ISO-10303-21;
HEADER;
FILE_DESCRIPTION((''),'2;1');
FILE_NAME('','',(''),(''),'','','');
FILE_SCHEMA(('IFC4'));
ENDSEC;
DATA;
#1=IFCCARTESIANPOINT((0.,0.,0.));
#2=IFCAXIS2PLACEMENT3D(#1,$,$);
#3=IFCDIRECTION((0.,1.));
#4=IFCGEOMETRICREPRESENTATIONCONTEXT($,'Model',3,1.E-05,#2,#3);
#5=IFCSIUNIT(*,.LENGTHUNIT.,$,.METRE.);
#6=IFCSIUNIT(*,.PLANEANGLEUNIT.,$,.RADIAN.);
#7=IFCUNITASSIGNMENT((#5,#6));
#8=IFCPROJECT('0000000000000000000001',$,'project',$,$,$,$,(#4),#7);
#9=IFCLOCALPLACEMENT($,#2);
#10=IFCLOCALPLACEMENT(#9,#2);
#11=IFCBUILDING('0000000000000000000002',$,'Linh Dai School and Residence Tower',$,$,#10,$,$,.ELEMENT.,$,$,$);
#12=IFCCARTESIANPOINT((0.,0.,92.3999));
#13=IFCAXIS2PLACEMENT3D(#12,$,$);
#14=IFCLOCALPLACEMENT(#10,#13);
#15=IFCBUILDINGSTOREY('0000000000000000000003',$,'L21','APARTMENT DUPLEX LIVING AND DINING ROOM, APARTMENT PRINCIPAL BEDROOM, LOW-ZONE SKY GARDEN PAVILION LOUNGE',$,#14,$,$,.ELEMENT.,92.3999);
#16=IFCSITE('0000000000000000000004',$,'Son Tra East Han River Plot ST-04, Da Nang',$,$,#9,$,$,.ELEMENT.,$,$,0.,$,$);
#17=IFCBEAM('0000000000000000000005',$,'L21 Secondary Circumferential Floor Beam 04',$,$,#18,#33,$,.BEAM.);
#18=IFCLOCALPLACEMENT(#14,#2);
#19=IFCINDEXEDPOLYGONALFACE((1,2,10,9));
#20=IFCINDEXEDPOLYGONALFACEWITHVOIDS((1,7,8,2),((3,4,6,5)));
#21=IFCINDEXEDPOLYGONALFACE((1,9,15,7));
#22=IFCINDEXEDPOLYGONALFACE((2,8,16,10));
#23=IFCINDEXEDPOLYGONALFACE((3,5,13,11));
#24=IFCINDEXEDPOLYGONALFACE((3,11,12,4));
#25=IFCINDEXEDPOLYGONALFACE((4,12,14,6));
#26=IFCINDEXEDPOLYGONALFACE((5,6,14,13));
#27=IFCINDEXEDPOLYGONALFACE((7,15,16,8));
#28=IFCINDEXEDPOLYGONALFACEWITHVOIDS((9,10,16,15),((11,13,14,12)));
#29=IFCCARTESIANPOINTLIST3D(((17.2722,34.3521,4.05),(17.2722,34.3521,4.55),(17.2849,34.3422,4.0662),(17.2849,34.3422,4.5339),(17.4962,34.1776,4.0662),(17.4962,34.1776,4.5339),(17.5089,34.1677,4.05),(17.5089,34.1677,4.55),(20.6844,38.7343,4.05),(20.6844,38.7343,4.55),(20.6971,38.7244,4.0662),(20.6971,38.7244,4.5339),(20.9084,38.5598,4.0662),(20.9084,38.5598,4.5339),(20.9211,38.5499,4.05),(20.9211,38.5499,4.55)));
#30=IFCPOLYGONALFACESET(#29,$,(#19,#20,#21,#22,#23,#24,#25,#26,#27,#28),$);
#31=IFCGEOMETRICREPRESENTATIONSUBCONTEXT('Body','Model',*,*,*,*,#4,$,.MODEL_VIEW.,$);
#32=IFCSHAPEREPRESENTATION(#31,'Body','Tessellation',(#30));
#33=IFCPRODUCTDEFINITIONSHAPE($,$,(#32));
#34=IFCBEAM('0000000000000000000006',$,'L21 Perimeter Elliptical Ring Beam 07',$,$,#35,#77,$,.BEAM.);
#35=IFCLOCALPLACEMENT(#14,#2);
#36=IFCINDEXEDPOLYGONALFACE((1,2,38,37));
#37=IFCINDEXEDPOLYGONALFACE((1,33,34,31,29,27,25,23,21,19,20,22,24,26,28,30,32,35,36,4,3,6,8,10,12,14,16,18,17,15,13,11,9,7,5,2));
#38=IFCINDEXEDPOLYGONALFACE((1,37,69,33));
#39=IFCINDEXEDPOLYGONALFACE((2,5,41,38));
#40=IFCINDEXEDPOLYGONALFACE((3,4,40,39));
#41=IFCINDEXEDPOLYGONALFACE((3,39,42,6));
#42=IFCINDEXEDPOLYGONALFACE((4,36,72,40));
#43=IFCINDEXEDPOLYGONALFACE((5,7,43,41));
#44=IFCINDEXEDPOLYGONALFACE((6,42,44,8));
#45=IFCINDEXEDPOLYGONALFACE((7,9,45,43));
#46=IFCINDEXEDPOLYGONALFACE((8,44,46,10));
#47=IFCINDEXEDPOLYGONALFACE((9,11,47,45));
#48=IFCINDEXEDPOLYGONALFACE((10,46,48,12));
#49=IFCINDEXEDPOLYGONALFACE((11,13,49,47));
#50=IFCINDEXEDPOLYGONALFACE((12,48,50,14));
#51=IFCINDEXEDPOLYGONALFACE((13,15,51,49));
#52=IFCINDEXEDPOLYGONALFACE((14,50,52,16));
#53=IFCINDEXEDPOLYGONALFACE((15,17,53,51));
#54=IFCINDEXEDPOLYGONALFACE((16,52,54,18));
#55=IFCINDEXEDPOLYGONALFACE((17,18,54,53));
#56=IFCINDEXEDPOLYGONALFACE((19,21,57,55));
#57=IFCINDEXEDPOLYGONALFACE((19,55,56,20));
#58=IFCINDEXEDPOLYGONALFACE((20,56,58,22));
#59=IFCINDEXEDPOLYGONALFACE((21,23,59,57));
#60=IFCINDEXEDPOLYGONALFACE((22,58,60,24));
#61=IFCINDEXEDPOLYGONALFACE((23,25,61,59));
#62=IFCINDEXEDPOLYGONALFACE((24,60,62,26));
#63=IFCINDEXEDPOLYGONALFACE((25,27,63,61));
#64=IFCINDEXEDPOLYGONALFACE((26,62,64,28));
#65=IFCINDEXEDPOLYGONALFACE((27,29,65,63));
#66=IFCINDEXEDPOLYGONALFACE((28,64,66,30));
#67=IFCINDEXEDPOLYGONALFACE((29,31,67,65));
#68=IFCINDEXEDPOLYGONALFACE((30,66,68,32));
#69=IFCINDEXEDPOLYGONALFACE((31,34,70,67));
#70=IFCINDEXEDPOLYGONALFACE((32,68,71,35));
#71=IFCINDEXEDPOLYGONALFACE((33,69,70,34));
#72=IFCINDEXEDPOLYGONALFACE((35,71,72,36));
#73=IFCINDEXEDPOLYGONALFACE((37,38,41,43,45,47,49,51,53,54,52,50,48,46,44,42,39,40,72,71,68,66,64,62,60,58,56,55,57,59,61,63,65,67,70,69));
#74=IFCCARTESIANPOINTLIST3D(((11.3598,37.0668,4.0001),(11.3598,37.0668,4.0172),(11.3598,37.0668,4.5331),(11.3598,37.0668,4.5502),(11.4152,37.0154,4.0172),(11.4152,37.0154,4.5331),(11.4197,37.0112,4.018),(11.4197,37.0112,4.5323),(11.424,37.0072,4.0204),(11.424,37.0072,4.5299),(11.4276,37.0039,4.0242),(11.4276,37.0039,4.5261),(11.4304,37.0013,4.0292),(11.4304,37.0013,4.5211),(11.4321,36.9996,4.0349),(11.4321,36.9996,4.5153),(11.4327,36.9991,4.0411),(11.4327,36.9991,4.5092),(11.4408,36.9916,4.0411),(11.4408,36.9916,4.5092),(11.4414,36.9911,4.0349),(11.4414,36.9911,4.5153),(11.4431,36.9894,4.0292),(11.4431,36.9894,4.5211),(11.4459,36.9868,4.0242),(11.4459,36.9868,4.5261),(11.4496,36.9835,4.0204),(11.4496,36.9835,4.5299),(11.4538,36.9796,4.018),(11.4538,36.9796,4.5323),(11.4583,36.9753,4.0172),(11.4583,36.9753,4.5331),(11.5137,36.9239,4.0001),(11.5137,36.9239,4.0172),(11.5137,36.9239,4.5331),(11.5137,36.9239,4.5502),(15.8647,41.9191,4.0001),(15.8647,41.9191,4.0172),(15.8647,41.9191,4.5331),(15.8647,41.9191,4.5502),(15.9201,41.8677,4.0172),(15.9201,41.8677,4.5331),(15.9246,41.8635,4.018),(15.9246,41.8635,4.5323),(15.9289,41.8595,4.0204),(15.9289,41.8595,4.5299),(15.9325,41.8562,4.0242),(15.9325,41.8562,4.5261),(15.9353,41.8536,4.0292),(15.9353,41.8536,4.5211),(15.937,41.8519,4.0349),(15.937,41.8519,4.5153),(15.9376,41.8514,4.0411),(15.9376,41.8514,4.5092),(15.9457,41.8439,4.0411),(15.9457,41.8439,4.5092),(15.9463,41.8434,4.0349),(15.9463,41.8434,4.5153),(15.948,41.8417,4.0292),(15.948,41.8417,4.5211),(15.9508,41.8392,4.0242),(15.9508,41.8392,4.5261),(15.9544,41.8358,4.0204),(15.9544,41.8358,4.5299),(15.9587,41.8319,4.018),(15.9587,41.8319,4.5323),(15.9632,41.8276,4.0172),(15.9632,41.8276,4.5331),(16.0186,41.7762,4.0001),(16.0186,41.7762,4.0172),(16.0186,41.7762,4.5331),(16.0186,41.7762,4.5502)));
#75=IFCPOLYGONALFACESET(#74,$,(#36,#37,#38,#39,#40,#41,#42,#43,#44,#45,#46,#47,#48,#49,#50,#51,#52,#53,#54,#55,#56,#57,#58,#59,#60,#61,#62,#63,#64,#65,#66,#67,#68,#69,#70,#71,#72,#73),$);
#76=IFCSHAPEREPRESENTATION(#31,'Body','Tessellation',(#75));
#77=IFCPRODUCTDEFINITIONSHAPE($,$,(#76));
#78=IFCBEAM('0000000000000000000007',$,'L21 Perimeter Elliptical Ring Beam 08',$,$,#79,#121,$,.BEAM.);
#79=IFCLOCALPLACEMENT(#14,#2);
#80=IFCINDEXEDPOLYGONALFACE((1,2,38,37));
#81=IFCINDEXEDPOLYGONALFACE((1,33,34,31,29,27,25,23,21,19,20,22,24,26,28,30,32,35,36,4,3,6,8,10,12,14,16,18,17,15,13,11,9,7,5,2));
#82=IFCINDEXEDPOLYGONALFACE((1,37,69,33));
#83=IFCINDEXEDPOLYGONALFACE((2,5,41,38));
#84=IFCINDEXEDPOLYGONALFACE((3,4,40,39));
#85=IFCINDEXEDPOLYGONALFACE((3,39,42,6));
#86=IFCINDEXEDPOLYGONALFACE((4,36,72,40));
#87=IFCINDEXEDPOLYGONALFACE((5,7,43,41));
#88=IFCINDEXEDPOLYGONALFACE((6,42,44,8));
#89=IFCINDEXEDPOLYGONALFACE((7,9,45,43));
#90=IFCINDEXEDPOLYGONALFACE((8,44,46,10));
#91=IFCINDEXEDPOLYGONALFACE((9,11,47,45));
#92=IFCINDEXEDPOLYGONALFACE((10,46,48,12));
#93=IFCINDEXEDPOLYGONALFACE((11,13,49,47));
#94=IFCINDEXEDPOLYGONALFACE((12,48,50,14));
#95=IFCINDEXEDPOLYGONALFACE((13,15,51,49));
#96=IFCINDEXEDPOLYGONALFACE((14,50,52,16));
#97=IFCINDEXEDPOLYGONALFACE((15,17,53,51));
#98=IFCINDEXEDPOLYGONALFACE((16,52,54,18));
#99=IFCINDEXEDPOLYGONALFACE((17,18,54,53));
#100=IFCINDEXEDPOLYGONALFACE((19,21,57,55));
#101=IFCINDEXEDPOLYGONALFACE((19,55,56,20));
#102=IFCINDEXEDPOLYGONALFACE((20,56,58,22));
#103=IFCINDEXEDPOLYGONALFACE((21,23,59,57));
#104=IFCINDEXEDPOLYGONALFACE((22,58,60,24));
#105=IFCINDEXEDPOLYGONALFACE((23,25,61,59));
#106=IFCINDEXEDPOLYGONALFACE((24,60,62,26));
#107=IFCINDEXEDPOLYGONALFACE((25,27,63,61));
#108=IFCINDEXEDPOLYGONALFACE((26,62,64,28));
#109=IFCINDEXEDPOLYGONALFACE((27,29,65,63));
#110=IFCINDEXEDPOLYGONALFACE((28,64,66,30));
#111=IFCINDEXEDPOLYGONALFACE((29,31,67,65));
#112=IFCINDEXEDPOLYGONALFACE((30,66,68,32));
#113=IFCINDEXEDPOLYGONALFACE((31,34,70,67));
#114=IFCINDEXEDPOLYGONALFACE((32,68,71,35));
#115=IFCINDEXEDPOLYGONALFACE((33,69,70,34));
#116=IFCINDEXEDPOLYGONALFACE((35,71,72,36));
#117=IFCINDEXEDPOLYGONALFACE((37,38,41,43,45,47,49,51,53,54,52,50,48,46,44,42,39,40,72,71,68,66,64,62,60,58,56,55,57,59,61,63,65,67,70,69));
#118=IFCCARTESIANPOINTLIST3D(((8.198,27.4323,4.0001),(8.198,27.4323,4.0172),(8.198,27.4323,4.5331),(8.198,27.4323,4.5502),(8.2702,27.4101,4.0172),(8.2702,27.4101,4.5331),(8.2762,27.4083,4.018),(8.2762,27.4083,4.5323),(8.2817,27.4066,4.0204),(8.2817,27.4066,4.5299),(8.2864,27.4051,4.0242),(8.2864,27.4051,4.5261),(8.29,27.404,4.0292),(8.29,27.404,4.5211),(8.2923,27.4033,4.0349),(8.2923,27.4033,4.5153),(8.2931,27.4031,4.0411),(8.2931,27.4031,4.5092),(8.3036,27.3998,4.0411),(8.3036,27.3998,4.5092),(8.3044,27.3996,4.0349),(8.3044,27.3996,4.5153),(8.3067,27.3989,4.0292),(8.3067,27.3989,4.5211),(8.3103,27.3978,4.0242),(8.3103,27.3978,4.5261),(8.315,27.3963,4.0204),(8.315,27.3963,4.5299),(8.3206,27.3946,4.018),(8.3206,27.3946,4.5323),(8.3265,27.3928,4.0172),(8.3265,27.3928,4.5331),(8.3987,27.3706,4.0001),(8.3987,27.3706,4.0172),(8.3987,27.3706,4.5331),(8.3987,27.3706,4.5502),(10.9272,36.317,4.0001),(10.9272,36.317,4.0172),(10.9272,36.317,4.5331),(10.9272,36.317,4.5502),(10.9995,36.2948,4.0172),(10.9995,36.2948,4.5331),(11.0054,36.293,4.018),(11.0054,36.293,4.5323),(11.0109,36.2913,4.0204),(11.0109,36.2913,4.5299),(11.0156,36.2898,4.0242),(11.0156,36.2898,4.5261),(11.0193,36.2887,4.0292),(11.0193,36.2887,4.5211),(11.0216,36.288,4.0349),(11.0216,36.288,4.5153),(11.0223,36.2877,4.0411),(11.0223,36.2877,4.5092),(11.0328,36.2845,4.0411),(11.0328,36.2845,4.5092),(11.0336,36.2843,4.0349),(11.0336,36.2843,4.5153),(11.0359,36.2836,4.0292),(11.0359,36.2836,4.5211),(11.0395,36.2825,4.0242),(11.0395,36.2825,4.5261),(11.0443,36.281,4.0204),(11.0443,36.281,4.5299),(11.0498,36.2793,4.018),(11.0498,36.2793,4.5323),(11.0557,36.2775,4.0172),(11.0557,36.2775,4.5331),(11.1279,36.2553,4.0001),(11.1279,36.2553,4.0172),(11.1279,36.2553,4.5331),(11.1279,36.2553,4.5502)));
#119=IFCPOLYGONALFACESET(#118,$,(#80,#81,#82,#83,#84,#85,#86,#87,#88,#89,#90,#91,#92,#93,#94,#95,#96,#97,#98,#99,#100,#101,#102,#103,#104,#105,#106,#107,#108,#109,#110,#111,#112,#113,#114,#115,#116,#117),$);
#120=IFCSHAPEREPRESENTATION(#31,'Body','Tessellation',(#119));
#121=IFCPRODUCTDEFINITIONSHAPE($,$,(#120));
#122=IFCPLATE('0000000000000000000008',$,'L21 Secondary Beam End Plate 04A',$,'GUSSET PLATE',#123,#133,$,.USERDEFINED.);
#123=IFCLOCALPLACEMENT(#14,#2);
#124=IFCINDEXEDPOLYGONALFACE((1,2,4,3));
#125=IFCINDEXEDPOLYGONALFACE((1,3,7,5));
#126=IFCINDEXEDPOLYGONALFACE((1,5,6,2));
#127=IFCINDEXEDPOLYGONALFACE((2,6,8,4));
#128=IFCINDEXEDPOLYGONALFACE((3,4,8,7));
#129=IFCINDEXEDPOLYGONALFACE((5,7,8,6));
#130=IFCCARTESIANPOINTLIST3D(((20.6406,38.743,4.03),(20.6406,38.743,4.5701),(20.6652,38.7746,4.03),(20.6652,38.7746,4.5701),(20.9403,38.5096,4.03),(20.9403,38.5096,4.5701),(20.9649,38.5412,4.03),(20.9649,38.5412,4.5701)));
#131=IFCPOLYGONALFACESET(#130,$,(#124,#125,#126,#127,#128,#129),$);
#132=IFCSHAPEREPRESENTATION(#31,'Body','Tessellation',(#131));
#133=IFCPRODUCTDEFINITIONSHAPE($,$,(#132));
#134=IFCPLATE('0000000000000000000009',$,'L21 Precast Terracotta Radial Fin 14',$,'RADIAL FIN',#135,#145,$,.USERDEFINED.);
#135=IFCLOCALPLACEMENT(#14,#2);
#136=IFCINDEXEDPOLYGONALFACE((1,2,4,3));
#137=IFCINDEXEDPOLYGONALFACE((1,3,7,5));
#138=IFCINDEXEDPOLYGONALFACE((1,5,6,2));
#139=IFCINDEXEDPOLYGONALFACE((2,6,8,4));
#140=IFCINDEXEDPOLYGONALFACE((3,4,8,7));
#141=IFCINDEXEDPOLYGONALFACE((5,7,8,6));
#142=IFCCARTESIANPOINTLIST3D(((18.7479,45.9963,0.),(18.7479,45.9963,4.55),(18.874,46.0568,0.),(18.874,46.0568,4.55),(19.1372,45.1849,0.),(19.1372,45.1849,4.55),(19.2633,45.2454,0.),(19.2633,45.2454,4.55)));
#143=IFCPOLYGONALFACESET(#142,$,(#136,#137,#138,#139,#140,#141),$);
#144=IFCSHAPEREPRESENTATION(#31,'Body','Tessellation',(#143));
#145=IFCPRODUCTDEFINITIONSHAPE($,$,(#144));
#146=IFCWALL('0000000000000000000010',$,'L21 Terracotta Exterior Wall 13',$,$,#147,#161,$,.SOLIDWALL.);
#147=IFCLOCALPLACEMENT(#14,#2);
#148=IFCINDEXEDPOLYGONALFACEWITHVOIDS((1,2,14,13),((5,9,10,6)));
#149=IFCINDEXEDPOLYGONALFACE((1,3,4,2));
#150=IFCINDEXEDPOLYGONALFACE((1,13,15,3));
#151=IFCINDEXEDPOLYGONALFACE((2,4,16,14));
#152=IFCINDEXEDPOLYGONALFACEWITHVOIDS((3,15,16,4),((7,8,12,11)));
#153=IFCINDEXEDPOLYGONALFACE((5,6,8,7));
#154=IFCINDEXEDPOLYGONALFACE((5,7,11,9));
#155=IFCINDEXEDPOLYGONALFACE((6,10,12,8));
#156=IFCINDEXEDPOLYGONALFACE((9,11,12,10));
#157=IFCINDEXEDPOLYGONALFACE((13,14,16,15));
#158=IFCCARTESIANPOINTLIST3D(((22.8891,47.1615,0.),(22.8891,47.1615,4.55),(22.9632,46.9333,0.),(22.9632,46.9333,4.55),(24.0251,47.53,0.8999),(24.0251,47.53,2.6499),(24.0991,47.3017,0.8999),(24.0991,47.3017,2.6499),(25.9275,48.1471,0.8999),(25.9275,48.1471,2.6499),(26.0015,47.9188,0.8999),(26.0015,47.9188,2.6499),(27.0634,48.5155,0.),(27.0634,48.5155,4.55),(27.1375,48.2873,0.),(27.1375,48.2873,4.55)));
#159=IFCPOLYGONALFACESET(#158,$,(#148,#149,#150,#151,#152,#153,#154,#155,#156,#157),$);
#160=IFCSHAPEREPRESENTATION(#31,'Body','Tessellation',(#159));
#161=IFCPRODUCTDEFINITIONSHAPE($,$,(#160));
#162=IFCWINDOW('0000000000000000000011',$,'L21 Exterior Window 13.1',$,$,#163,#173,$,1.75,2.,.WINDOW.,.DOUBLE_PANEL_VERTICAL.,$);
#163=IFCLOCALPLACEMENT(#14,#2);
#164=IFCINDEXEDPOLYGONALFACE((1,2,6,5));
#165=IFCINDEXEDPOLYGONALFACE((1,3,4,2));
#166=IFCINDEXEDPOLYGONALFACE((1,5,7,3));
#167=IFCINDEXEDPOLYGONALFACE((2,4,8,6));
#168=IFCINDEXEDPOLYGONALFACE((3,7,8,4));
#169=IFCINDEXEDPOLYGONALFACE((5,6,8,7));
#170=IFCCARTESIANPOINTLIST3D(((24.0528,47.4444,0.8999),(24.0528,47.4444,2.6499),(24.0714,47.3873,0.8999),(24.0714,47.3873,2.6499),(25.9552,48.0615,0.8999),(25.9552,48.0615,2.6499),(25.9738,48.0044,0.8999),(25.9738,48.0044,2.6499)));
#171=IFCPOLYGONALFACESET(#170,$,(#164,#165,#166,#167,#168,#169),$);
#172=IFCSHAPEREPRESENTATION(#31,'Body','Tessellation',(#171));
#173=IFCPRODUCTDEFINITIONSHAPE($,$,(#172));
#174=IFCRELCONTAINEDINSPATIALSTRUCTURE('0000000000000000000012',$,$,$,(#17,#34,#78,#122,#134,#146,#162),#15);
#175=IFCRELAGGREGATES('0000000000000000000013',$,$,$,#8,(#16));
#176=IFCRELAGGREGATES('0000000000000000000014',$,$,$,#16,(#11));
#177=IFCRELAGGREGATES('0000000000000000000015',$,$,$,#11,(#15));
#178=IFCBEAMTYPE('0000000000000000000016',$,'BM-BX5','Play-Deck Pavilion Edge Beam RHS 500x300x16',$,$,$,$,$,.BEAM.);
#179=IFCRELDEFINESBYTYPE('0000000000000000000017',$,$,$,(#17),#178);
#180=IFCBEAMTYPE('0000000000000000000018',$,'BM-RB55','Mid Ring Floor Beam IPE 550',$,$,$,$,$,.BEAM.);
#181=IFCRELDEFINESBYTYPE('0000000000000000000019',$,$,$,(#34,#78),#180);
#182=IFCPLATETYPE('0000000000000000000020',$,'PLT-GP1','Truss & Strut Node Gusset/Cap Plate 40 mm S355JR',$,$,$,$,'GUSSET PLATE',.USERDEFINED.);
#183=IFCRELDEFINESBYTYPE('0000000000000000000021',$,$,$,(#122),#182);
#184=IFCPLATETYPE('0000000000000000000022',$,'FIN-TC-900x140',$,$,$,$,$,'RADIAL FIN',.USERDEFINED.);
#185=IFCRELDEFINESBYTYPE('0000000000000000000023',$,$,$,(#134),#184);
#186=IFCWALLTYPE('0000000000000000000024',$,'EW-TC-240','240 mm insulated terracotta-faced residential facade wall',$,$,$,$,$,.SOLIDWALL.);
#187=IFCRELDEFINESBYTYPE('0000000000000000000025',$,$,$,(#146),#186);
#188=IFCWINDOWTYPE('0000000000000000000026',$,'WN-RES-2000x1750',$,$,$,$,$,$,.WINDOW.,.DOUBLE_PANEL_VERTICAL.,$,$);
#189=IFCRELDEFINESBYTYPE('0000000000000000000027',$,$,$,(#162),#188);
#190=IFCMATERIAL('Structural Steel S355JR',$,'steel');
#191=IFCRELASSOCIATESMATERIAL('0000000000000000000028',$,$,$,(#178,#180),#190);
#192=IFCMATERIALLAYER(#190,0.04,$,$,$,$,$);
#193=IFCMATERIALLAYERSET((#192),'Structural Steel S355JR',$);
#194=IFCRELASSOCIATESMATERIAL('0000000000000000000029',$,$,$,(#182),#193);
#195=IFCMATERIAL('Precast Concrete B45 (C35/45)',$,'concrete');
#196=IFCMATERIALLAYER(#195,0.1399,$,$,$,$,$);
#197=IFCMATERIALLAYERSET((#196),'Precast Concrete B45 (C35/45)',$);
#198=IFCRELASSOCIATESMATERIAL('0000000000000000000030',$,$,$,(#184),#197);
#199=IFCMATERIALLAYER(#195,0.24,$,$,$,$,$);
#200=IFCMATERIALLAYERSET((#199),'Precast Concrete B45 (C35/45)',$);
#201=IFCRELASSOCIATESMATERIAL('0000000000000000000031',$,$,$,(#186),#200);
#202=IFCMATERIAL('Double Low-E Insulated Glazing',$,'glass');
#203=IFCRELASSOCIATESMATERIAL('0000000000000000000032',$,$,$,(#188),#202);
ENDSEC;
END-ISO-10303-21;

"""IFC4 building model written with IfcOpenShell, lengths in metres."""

from ifc_helpers import new_model, si_unit, direction, frame, frame_2d, origin, origin_2d, place, context, subcontext, project, spatial, rectangle, hollow_rectangle, i_section, extrude, source, transform, mapped, material, layer, layer_set, material_profile, profile_set, type_object, element, fill, save


model = new_model("IFC4")

# Units and contexts
model_context = context("Model", 3, precision=1e-05, world=origin(), true_north=direction((0.0, 1.0)))
body_context = subcontext(model_context, "Body", "Model", "MODEL_VIEW")
ifc_project = project(units=[si_unit("LENGTHUNIT", "METRE"), si_unit("PLANEANGLEUNIT", "RADIAN")], contexts=[model_context])

# Site, building, storey
site_placement = place(None, origin())
site = spatial("IfcSite", under=ifc_project, at=site_placement, Name="Son Tra East Han River Plot ST-04, Da Nang", CompositionType="ELEMENT", RefElevation=0.0)
building_placement = place(site_placement, origin())
building = spatial("IfcBuilding", under=site, at=building_placement, Name="Linh Dai School and Residence Tower", CompositionType="ELEMENT")
storey_placement = place(building_placement, frame((0.0, 0.0, 92.3999)))
storey = spatial("IfcBuildingStorey", under=building, at=storey_placement, Name="L21", Description="APARTMENT DUPLEX LIVING AND DINING ROOM, APARTMENT PRINCIPAL BEDROOM, LOW-ZONE SKY GARDEN PAVILION LOUNGE", CompositionType="ELEMENT", Elevation=92.3999)

# Shared definitions
ifc_material_1 = material(Name="Structural Steel S355JR", Category="steel")

# Beams
ifc_material_profile_1 = material_profile(ifc_material_1, hollow_rectangle(XDim=0.3, YDim=0.5, WallThickness=0.0161, at=origin_2d()), Name="RHS 500x300x16")
ifc_profile_set_1 = profile_set([ifc_material_profile_1], Name="Structural Steel S355JR")
beam_type_1 = type_object("IfcBeamType", Name="BM-BX5", Description="Play-Deck Pavilion Edge Beam RHS 500x300x16", PredefinedType="BEAM", material=ifc_profile_set_1)
beam_1_placement = place(storey_placement, frame((20.8027, 38.6421, 4.3), z_axis=(-0.61437, -0.789018, 0.0), x_axis=(0.789018, -0.61437, 0.0)))
element("IfcBeam", 1, at=beam_1_placement, inside=storey, type_object=beam_type_1, Name="L21 Secondary Circumferential Floor Beam 04", PredefinedType="BEAM", context=body_context, shape_type="SweptSolid", body=[
    extrude(hollow_rectangle(XDim=0.3, YDim=0.5, WallThickness=0.0161, at=origin_2d()), origin(), (0.0, 0.0, 1.0), 5.554),
])
ifc_material_profile_2 = material_profile(ifc_material_1, i_section(OverallWidth=0.21, OverallDepth=0.55, WebThickness=0.011, FlangeThickness=0.0171, FilletRadius=0.0239, at=origin_2d()), Name="IPE 550")
ifc_profile_set_2 = profile_set([ifc_material_profile_2], Name="Structural Steel S355JR")
beam_type_2 = type_object("IfcBeamType", Name="BM-RB55", Description="Mid Ring Floor Beam IPE 550", PredefinedType="BEAM", material=ifc_profile_set_2)
beam_2_placement = place(storey_placement, frame((15.9417, 41.8477, 4.2751), z_axis=(-0.680385, -0.732855, 0.0), x_axis=(0.732855, -0.680385, 0.0)))
element("IfcBeam", 2, at=beam_2_placement, inside=storey, type_object=beam_type_2, Name="L21 Perimeter Elliptical Ring Beam 07", PredefinedType="BEAM", context=body_context, shape_type="SweptSolid", body=[
    extrude(i_section(OverallWidth=0.21, OverallDepth=0.55, WebThickness=0.011, FlangeThickness=0.0171, FilletRadius=0.0239, at=origin_2d()), origin(), (0.0, 0.0, 1.0), 6.6211),
])
beam_3_placement = place(storey_placement, frame((11.0276, 36.2861, 4.2751), z_axis=(-0.293641, -0.955916, 0.0), x_axis=(0.955916, -0.293641, 0.0)))
element("IfcBeam", 3, at=beam_3_placement, inside=storey, type_object=beam_type_2, Name="L21 Perimeter Elliptical Ring Beam 08", PredefinedType="BEAM", context=body_context, shape_type="SweptSolid", body=[
    extrude(i_section(OverallWidth=0.21, OverallDepth=0.55, WebThickness=0.011, FlangeThickness=0.0171, FilletRadius=0.0239, at=origin_2d()), origin(), (0.0, 0.0, 1.0), 9.2944),
])

# Plates
ifc_layer_1 = layer(ifc_material_1, 0.04)
ifc_layer_set_1 = layer_set([ifc_layer_1], Name="Structural Steel S355JR")
plate_type_1 = type_object("IfcPlateType", Name="PLT-GP1", Description="Truss & Strut Node Gusset/Cap Plate 40 mm S355JR", ElementType="GUSSET PLATE", PredefinedType="USERDEFINED", material=ifc_layer_set_1)
shared_shape_1 = source(origin(), body_context, "Body", "SweptSolid", [
    extrude(rectangle(XDim=0.04, YDim=0.3799, at=origin_2d()), origin(), (0.0, 0.0, 1.0), 0.54),
])
plate_1_placement = place(storey_placement, frame((20.8027, 38.6421, 4.03), z_axis=(0.0, 0.0, 1.0), x_axis=(-0.614363, -0.789024, 0.0)))
element("IfcPlate", 4, at=plate_1_placement, inside=storey, type_object=plate_type_1, Name="L21 Secondary Beam End Plate 04A", ObjectType="GUSSET PLATE", PredefinedType="USERDEFINED", context=body_context, shape_type="MappedRepresentation", body=[
    mapped(shared_shape_1, transform((0.0, 0.0, 0.0), x_axis=(1.0, 0.0, 0.0), y_axis=(0.0, 1.0, 0.0), z_axis=(0.0, 0.0, 1.0), scale=1.0)),
])
ifc_material_2 = material(Name="Precast Concrete B45 (C35/45)", Category="concrete")
ifc_layer_2 = layer(ifc_material_2, 0.1399)
ifc_layer_set_2 = layer_set([ifc_layer_2], Name="Precast Concrete B45 (C35/45)")
plate_type_2 = type_object("IfcPlateType", Name="FIN-TC-900x140", ElementType="RADIAL FIN", PredefinedType="USERDEFINED", material=ifc_layer_set_2)
shared_shape_2 = source(origin(), body_context, "Body", "SweptSolid", [
    extrude(rectangle(XDim=0.8999, YDim=0.1399, at=origin_2d()), origin(), (0.0, 0.0, 1.0), 4.55),
])
plate_2_placement = place(storey_placement, frame((19.0056, 45.6208, 0.0), z_axis=(0.0, 0.0, 1.0), x_axis=(-0.432618, 0.901578, 0.0)))
element("IfcPlate", 5, at=plate_2_placement, inside=storey, type_object=plate_type_2, Name="L21 Precast Terracotta Radial Fin 14", ObjectType="RADIAL FIN", PredefinedType="USERDEFINED", context=body_context, shape_type="MappedRepresentation", body=[
    mapped(shared_shape_2, transform((0.0, 0.0, 0.0), x_axis=(1.0, 0.0, 0.0), y_axis=(0.0, 1.0, 0.0), z_axis=(0.0, 0.0, 1.0), scale=1.0)),
])

# Wall, opening, window
ifc_layer_3 = layer(ifc_material_2, 0.24)
ifc_layer_set_3 = layer_set([ifc_layer_3], Name="Precast Concrete B45 (C35/45)")
wall_type_1 = type_object("IfcWallType", Name="EW-TC-240", Description="240 mm insulated terracotta-faced residential facade wall", PredefinedType="SOLIDWALL", material=ifc_layer_set_3)
wall_1_placement = place(storey_placement, frame((22.926, 47.0474, 0.0), z_axis=(0.0, 0.0, 1.0), x_axis=(0.951211, 0.30854, 0.0)))
wall_1 = element("IfcWall", 6, at=wall_1_placement, inside=storey, type_object=wall_type_1, Name="L21 Terracotta Exterior Wall 13", PredefinedType="SOLIDWALL", context=body_context, shape_type="SweptSolid", body=[
    extrude(rectangle(XDim=4.3884, YDim=0.24, at=frame_2d((2.1943, 0.0))), origin(), (0.0, 0.0, 1.0), 4.55),
])
opening_1_placement = place(wall_1_placement, frame((1.1943, 0.0, 0.8999)))
opening_1 = element("IfcOpeningElement", 7, at=opening_1_placement, cuts=wall_1, PredefinedType="OPENING", context=body_context, shape_type="SweptSolid", body=[
    extrude(rectangle(XDim=2.0, YDim=1.75, at=origin_2d()), frame((1.0, 0.1299, 0.875), z_axis=(0.0, -1.0, 0.0), x_axis=(1.0, 0.0, 0.0)), (0.0, 0.0, 1.0), 0.26),
])
ifc_material_3 = material(Name="Double Low-E Insulated Glazing", Category="glass")
window_type_1 = type_object("IfcWindowType", Name="WN-RES-2000x1750", PartitioningType="DOUBLE_PANEL_VERTICAL", PredefinedType="WINDOW", material=ifc_material_3)
shared_shape_3 = source(origin(), body_context, "Body", "SweptSolid", [
    extrude(rectangle(XDim=2.0, YDim=1.75, at=origin_2d()), frame((1.0, 0.03, 0.875), z_axis=(0.0, -1.0, 0.0), x_axis=(1.0, 0.0, 0.0)), (0.0, 0.0, 1.0), 0.0601),
])
window_1_placement = place(opening_1_placement, origin())
window_1 = element("IfcWindow", 8, at=window_1_placement, inside=storey, type_object=window_type_1, Name="L21 Exterior Window 13.1", OverallHeight=1.75, OverallWidth=2.0, PartitioningType="DOUBLE_PANEL_VERTICAL", PredefinedType="WINDOW", context=body_context, shape_type="MappedRepresentation", body=[
    mapped(shared_shape_3, transform((0.0, 0.0, 0.0), x_axis=(1.0, 0.0, 0.0), y_axis=(0.0, 1.0, 0.0), z_axis=(0.0, 0.0, 1.0), scale=1.0)),
])
fill(opening_1, window_1)

save(model, "model.ifc")
